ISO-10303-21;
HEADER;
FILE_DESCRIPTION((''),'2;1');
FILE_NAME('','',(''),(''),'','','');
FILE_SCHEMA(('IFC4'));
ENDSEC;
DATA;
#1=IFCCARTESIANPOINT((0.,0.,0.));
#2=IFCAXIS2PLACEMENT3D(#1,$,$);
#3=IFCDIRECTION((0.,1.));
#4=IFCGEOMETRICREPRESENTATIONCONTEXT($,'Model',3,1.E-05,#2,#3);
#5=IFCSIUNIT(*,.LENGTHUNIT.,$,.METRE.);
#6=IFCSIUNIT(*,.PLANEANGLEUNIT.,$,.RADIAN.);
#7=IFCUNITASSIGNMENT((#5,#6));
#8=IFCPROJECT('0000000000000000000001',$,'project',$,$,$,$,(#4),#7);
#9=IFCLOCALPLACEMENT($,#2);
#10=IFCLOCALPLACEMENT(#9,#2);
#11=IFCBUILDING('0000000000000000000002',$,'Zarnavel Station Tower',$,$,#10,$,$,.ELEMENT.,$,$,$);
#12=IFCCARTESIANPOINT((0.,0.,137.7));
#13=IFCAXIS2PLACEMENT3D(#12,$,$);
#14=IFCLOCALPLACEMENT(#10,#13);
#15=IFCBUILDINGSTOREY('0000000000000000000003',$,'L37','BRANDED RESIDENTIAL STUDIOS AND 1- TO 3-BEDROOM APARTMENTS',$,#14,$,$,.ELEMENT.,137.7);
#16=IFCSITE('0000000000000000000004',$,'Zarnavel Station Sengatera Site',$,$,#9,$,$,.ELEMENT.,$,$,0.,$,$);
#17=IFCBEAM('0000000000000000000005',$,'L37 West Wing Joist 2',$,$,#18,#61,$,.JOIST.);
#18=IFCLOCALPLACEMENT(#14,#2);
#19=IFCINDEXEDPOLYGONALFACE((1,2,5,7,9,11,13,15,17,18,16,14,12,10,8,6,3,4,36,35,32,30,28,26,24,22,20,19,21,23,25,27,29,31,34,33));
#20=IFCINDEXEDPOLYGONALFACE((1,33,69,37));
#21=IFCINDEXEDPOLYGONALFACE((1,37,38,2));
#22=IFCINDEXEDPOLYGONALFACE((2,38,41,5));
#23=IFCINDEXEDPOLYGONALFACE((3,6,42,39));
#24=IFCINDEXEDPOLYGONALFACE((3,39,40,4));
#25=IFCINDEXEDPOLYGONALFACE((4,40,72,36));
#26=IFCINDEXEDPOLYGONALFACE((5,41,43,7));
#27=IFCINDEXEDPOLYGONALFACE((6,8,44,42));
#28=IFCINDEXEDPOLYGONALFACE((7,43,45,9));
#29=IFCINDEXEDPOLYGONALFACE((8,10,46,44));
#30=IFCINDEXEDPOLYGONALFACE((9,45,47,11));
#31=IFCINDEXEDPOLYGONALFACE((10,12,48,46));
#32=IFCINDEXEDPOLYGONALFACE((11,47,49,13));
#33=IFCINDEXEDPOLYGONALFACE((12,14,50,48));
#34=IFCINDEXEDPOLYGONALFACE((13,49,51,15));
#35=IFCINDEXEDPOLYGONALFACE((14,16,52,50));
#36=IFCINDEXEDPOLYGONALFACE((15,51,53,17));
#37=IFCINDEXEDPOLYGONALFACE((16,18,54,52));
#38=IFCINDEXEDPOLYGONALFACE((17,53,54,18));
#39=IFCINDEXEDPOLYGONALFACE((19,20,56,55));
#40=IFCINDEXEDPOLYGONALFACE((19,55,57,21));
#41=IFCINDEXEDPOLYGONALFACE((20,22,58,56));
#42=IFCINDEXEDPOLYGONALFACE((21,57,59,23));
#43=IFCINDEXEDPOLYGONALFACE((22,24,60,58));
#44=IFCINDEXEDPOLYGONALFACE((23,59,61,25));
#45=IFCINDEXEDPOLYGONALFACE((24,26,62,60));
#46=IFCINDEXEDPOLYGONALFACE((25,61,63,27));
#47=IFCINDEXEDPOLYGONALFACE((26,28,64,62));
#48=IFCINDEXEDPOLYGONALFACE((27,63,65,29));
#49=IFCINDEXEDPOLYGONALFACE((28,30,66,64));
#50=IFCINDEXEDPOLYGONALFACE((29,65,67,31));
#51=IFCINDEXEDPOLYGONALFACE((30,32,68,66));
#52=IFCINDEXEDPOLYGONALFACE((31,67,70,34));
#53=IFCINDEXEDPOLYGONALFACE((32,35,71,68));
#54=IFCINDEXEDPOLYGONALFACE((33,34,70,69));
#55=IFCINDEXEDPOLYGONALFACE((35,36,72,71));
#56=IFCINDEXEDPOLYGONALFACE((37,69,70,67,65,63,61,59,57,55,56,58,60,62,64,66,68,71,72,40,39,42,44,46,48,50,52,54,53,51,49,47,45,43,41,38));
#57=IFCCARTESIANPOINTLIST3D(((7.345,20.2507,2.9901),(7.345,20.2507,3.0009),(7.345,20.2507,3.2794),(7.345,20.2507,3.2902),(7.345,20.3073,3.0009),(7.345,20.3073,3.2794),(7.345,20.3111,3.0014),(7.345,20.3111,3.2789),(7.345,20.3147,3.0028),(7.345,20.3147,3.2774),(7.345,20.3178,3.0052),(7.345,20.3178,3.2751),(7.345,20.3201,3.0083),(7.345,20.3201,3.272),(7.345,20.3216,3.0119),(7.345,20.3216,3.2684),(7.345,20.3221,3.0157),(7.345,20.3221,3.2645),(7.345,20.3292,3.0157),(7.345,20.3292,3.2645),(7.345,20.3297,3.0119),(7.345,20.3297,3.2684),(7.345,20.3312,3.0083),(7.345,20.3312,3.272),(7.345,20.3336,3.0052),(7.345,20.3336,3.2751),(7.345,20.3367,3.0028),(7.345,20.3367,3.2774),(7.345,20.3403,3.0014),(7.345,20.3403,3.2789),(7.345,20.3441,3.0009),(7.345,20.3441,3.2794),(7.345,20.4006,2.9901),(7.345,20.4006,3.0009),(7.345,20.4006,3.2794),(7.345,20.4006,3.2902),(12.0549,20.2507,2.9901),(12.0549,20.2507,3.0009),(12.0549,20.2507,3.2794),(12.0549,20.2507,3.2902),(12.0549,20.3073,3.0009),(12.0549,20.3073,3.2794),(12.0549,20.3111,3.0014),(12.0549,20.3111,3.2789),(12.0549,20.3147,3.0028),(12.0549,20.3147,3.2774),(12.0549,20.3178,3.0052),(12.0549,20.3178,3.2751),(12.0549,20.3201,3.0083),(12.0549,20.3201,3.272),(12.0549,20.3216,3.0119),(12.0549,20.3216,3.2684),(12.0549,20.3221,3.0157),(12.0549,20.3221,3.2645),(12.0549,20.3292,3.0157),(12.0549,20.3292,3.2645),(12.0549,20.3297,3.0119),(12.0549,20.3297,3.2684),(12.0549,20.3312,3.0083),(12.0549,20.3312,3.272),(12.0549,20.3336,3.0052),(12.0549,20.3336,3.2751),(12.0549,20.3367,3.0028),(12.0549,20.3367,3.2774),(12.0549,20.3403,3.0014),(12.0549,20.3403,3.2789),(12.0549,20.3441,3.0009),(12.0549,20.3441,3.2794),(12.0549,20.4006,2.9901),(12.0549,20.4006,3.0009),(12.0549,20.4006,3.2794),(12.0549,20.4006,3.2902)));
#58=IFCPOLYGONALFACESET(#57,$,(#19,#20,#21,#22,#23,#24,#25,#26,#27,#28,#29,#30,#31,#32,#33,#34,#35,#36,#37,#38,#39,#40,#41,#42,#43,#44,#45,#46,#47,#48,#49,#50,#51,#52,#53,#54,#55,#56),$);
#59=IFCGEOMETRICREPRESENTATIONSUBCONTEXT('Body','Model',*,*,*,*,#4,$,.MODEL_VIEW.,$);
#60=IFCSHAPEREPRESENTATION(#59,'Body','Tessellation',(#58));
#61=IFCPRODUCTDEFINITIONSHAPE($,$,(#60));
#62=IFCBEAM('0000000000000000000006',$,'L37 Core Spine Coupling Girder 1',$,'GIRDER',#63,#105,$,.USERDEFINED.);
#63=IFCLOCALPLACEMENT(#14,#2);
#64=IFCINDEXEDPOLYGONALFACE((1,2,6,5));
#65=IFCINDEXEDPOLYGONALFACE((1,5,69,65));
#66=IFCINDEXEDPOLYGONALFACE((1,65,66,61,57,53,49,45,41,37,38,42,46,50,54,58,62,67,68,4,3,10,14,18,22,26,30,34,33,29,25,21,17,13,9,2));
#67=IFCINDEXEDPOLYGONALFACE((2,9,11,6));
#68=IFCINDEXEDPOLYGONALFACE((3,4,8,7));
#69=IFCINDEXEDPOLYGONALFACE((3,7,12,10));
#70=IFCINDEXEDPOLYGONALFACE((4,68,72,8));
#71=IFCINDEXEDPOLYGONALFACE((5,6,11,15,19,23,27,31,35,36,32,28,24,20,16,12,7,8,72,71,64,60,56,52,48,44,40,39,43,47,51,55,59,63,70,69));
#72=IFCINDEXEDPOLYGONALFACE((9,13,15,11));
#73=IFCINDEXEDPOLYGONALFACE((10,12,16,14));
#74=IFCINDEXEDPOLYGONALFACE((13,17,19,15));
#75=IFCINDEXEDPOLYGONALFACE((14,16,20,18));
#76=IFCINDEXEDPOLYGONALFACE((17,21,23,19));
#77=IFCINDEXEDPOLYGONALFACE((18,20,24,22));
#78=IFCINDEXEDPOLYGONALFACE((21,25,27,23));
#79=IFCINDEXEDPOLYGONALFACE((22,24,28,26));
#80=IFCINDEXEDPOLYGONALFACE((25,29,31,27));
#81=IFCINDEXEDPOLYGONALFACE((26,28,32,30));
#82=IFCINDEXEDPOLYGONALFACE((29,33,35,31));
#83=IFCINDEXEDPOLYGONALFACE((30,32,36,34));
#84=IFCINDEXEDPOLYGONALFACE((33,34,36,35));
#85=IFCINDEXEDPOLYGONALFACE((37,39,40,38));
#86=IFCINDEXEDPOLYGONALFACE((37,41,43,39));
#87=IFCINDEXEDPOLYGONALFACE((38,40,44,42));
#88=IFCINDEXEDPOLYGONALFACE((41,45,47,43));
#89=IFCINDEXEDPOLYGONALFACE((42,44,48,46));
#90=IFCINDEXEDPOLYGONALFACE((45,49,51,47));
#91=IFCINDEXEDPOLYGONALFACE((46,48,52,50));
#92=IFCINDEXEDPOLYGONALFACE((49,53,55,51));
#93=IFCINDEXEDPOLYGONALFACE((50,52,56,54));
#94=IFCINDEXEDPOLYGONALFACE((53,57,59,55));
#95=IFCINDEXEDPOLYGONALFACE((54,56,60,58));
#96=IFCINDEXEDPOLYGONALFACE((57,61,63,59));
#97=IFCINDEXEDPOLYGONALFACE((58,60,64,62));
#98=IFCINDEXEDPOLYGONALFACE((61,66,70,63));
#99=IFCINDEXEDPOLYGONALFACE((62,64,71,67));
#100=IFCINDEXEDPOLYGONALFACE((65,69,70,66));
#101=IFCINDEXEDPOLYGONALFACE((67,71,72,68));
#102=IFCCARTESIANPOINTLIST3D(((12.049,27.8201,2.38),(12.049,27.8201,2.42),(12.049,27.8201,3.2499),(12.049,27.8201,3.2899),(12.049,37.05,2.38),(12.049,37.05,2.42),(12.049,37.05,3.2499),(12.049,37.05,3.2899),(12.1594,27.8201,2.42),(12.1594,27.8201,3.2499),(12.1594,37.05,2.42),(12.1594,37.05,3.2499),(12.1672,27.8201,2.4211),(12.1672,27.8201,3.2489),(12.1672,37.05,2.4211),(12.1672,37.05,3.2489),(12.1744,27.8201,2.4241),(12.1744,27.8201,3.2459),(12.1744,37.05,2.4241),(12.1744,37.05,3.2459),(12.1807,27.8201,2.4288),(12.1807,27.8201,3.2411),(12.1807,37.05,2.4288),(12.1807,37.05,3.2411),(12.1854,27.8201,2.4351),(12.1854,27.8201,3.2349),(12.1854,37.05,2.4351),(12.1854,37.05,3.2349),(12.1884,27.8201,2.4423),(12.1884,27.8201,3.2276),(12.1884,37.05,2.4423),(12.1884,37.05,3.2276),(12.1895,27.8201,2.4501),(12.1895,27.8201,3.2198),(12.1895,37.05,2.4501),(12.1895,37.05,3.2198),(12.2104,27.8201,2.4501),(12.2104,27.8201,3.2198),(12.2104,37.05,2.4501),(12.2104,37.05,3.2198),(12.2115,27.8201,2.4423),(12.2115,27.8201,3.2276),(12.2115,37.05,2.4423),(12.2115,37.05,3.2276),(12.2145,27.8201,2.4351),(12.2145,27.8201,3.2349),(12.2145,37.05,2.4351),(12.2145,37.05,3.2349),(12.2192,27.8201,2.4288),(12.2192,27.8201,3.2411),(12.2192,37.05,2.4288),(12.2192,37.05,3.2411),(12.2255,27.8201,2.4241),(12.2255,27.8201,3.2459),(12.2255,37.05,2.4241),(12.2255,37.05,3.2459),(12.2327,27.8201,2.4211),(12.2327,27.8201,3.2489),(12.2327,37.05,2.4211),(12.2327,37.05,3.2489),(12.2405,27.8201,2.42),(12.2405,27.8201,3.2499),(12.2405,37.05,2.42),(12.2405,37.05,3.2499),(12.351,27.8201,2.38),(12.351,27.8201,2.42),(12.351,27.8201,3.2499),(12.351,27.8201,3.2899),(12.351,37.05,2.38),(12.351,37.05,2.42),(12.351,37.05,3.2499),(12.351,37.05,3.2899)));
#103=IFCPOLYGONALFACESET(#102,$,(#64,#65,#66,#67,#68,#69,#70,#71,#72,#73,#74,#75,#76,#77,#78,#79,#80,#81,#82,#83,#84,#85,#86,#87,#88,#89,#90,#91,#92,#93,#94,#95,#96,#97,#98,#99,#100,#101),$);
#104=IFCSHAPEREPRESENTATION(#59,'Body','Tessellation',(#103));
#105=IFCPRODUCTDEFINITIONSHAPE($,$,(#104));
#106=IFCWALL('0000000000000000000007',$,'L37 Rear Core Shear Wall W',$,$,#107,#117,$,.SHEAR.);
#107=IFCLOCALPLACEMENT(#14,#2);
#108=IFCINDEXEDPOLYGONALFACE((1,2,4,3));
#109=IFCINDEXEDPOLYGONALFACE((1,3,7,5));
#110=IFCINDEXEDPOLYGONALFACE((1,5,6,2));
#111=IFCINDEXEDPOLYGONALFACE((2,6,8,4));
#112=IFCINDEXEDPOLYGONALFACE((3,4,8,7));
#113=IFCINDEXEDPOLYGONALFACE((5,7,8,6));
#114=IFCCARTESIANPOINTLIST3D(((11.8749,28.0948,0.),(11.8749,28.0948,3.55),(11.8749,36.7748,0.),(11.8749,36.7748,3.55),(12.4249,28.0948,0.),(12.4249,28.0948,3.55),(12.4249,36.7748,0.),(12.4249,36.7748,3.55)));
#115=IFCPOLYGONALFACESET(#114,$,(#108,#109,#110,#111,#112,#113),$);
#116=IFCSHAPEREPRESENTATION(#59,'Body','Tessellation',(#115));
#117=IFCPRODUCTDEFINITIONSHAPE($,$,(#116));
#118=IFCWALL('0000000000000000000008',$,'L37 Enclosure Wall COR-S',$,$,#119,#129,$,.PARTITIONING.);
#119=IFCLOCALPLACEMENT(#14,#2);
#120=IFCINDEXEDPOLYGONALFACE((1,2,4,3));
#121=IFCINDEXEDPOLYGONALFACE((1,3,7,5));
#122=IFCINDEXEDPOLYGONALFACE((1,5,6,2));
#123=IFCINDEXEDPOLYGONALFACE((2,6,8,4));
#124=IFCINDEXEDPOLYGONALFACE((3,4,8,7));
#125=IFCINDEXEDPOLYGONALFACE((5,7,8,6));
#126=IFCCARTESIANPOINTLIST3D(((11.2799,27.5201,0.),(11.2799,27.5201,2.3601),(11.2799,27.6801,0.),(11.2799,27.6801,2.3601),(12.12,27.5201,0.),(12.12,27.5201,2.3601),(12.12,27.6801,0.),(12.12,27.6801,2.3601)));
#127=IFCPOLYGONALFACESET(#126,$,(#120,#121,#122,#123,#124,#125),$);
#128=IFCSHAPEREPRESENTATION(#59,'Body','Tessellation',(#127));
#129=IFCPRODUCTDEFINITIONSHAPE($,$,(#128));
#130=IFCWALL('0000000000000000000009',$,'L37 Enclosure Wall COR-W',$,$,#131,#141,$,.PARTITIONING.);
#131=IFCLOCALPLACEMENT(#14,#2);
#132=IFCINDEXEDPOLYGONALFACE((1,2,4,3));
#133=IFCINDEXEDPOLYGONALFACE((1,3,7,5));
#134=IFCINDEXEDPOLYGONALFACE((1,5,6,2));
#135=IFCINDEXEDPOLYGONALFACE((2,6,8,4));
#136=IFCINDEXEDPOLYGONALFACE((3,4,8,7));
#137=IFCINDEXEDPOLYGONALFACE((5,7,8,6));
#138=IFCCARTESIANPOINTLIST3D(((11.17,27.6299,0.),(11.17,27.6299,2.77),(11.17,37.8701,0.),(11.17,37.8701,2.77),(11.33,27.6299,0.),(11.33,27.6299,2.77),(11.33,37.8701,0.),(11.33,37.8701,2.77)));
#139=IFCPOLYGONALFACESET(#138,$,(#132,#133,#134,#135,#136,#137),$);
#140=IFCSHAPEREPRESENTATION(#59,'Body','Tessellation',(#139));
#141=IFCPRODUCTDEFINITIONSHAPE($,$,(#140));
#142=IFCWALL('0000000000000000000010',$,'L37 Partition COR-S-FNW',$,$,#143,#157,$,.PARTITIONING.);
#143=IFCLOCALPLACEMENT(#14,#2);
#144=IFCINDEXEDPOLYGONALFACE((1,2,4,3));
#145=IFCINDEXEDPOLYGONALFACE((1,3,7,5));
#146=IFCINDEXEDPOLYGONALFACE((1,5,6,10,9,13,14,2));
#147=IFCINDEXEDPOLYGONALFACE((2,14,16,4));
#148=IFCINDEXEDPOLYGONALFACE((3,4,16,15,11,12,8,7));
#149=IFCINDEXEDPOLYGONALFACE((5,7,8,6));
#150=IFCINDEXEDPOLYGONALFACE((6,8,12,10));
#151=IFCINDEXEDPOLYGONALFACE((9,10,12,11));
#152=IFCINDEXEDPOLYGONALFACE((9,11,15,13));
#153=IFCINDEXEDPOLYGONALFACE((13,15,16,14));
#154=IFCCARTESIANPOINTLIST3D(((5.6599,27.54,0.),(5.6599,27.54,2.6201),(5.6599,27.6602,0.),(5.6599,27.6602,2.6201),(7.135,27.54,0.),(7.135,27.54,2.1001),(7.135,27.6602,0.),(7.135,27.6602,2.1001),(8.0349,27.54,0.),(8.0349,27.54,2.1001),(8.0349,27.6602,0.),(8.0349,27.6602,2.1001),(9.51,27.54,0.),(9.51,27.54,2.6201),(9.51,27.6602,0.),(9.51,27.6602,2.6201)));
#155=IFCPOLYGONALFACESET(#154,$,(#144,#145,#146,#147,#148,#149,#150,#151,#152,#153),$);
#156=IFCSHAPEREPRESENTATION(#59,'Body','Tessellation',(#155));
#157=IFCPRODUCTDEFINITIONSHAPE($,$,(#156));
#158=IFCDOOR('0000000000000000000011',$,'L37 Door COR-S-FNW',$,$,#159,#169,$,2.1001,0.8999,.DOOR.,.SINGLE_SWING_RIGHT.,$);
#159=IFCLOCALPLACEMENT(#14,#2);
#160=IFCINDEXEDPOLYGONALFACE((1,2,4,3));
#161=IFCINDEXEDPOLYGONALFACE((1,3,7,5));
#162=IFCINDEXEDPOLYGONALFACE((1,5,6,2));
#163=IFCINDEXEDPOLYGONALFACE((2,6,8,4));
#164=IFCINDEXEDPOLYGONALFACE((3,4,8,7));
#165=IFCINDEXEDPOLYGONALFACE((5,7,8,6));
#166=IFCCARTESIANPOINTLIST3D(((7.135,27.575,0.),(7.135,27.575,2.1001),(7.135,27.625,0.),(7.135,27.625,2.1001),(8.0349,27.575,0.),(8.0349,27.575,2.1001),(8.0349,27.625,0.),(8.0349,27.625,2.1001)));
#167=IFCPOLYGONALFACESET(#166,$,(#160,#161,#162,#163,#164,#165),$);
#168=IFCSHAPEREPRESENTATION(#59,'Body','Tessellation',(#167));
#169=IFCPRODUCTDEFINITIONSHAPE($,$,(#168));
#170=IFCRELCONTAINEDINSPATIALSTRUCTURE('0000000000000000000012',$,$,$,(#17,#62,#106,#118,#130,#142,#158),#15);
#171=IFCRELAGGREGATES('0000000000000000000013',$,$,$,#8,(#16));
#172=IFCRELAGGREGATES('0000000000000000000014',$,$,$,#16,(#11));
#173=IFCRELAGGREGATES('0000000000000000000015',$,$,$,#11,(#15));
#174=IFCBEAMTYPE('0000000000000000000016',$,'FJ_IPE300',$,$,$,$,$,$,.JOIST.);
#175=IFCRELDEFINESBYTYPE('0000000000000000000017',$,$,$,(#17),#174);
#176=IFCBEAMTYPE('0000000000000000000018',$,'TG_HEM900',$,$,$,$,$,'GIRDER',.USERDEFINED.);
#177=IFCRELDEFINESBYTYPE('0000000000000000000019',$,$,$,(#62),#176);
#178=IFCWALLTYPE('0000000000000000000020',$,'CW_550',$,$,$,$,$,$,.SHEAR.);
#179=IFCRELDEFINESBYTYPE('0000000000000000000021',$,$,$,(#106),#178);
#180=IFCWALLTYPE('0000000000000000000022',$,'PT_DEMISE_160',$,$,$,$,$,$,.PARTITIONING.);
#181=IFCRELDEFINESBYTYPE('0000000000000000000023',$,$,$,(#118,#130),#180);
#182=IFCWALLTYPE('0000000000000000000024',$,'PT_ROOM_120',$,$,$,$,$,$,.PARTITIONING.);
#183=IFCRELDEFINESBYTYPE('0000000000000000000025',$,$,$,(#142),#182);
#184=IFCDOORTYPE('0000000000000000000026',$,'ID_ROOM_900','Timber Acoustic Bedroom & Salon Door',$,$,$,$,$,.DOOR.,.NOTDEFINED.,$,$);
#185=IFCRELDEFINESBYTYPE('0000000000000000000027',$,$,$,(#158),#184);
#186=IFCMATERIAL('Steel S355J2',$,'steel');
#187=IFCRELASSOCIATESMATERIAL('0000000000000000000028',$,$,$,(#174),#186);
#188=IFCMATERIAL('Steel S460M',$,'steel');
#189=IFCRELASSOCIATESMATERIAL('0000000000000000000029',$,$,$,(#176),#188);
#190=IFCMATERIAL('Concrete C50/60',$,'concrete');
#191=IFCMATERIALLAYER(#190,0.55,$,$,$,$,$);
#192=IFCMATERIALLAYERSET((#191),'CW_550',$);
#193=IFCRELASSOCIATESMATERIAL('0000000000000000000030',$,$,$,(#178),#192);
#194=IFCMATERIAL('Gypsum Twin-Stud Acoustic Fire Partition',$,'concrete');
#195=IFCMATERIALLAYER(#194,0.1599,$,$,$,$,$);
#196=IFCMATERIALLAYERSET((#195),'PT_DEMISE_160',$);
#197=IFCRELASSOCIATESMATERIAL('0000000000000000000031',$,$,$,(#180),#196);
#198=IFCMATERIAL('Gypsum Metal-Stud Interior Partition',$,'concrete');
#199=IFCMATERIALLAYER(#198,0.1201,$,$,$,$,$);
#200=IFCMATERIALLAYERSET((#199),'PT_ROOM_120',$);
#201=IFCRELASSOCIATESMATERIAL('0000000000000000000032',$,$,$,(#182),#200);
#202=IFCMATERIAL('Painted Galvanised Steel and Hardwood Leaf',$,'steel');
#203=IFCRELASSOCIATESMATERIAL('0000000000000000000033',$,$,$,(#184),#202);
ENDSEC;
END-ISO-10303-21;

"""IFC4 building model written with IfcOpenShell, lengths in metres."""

from ifc_helpers import new_model, si_unit, direction, frame, frame_2d, origin, origin_2d, place, context, subcontext, project, spatial, rectangle, i_section, extrude, material, layer, layer_set, material_profile, profile_set, type_object, element, fill, save


model = new_model("IFC4")

# Units and contexts
model_context = context("Model", 3, precision=1e-05, world=origin(), true_north=direction((0.0, 1.0)))
body_context = subcontext(model_context, "Body", "Model", "MODEL_VIEW")
ifc_project = project(units=[si_unit("LENGTHUNIT", "METRE"), si_unit("PLANEANGLEUNIT", "RADIAN")], contexts=[model_context])

# Site, building, storey
site_placement = place(None, origin())
site = spatial("IfcSite", under=ifc_project, at=site_placement, Name="Zarnavel Station Sengatera Site", CompositionType="ELEMENT", RefElevation=0.0)
building_placement = place(site_placement, origin())
building = spatial("IfcBuilding", under=site, at=building_placement, Name="Zarnavel Station Tower", CompositionType="ELEMENT")
storey_placement = place(building_placement, frame((0.0, 0.0, 137.7)))
storey = spatial("IfcBuildingStorey", under=building, at=storey_placement, Name="L37", Description="BRANDED RESIDENTIAL STUDIOS AND 1- TO 3-BEDROOM APARTMENTS", CompositionType="ELEMENT", Elevation=137.7)

# Beams
ifc_material_1 = material(Name="Steel S355J2", Category="steel")
ifc_material_profile_1 = material_profile(ifc_material_1, i_section(OverallWidth=0.1499, OverallDepth=0.3, WebThickness=0.0071, FlangeThickness=0.0107, FilletRadius=0.0149, at=origin_2d()), Name="IPE300")
ifc_profile_set_1 = profile_set([ifc_material_profile_1], Name="Steel S355J2")
beam_type_1 = type_object("IfcBeamType", Name="FJ_IPE300", PredefinedType="JOIST", material=ifc_profile_set_1)
beam_1_placement = place(storey_placement, frame((7.345, 20.3257, 3.1401), z_axis=(1.0, 0.0, 0.0), x_axis=(0.0, 1.0, 0.0)))
element("IfcBeam", 1, at=beam_1_placement, inside=storey, type_object=beam_type_1, Name="L37 West Wing Joist 2", PredefinedType="JOIST", context=body_context, shape_type="SweptSolid", body=[
    extrude(i_section(OverallWidth=0.1499, OverallDepth=0.3, WebThickness=0.0071, FlangeThickness=0.0107, FilletRadius=0.0149, at=origin_2d()), origin(), (0.0, 0.0, 1.0), 4.71),
])
ifc_material_2 = material(Name="Steel S460M", Category="steel")
ifc_material_profile_2 = material_profile(ifc_material_2, i_section(OverallWidth=0.302, OverallDepth=0.9099, WebThickness=0.021, FlangeThickness=0.04, FilletRadius=0.03, at=origin_2d()), Name="HEM900")
ifc_profile_set_2 = profile_set([ifc_material_profile_2], Name="Steel S460M")
beam_type_2 = type_object("IfcBeamType", Name="TG_HEM900", ElementType="GIRDER", PredefinedType="USERDEFINED", material=ifc_profile_set_2)
beam_2_placement = place(storey_placement, frame((12.2, 27.8201, 2.835), z_axis=(0.0, 1.0, 0.0), x_axis=(-1.0, 0.0, 0.0)))
element("IfcBeam", 2, at=beam_2_placement, inside=storey, type_object=beam_type_2, Name="L37 Core Spine Coupling Girder 1", ObjectType="GIRDER", PredefinedType="USERDEFINED", context=body_context, shape_type="SweptSolid", body=[
    extrude(i_section(OverallWidth=0.302, OverallDepth=0.9099, WebThickness=0.021, FlangeThickness=0.04, FilletRadius=0.03, at=origin_2d()), origin(), (0.0, 0.0, 1.0), 9.23),
])

# Walls
ifc_material_3 = material(Name="Concrete C50/60", Category="concrete")
ifc_layer_1 = layer(ifc_material_3, 0.55)
ifc_layer_set_1 = layer_set([ifc_layer_1], Name="CW_550")
wall_type_1 = type_object("IfcWallType", Name="CW_550", PredefinedType="SHEAR", material=ifc_layer_set_1)
wall_1_placement = place(storey_placement, frame((12.1499, 28.095, 0.0), z_axis=(0.0, 0.0, 1.0), x_axis=(0.0, 1.0, 0.0)))
element("IfcWall", 3, at=wall_1_placement, inside=storey, type_object=wall_type_1, Name="L37 Rear Core Shear Wall W", PredefinedType="SHEAR", context=body_context, shape_type="SweptSolid", body=[
    extrude(rectangle(XDim=8.6799, YDim=0.55, at=frame_2d((4.3398, 0.0))), origin(), (0.0, 0.0, 1.0), 3.55),
])
ifc_material_4 = material(Name="Gypsum Twin-Stud Acoustic Fire Partition", Category="concrete")
ifc_layer_2 = layer(ifc_material_4, 0.1599)
ifc_layer_set_2 = layer_set([ifc_layer_2], Name="PT_DEMISE_160")
wall_type_2 = type_object("IfcWallType", Name="PT_DEMISE_160", PredefinedType="PARTITIONING", material=ifc_layer_set_2)
wall_2_placement = place(storey_placement, frame((11.28, 27.6001, 0.0), z_axis=(0.0, 0.0, 1.0), x_axis=(1.0, 0.0, 0.0)))
element("IfcWall", 4, at=wall_2_placement, inside=storey, type_object=wall_type_2, Name="L37 Enclosure Wall COR-S", PredefinedType="PARTITIONING", context=body_context, shape_type="SweptSolid", body=[
    extrude(rectangle(XDim=0.8401, YDim=0.1599, at=frame_2d((0.4199, 0.0))), origin(), (0.0, 0.0, 1.0), 2.3601),
])
wall_3_placement = place(storey_placement, frame((11.25, 27.6299, 0.0), z_axis=(0.0, 0.0, 1.0), x_axis=(0.0, 1.0, 0.0)))
element("IfcWall", 5, at=wall_3_placement, inside=storey, type_object=wall_type_2, Name="L37 Enclosure Wall COR-W", PredefinedType="PARTITIONING", context=body_context, shape_type="SweptSolid", body=[
    extrude(rectangle(XDim=10.2402, YDim=0.1599, at=frame_2d((5.1201, 0.0))), origin(), (0.0, 0.0, 1.0), 2.77),
])

# Wall, opening, door
ifc_material_5 = material(Name="Gypsum Metal-Stud Interior Partition", Category="concrete")
ifc_layer_3 = layer(ifc_material_5, 0.1201)
ifc_layer_set_3 = layer_set([ifc_layer_3], Name="PT_ROOM_120")
wall_type_3 = type_object("IfcWallType", Name="PT_ROOM_120", PredefinedType="PARTITIONING", material=ifc_layer_set_3)
wall_4_placement = place(storey_placement, frame((5.6599, 27.6001, 0.0), z_axis=(0.0, 0.0, 1.0), x_axis=(1.0, 0.0, 0.0)))
wall_4 = element("IfcWall", 6, at=wall_4_placement, inside=storey, type_object=wall_type_3, Name="L37 Partition COR-S-FNW", PredefinedType="PARTITIONING", context=body_context, shape_type="SweptSolid", body=[
    extrude(rectangle(XDim=3.8501, YDim=0.1201, at=frame_2d((1.925, 0.0))), origin(), (0.0, 0.0, 1.0), 2.6201),
])
opening_1_placement = place(wall_4_placement, frame((1.4751, 0.0, 0.0)))
opening_1 = element("IfcOpeningElement", 7, at=opening_1_placement, cuts=wall_4, PredefinedType="OPENING", context=body_context, shape_type="SweptSolid", body=[
    extrude(rectangle(XDim=0.8999, YDim=2.1001, at=frame_2d((0.45, 1.05))), frame((0.0, 0.0701, 0.0), z_axis=(0.0, -1.0, 0.0), x_axis=(1.0, 0.0, 0.0)), (0.0, 0.0, 1.0), 0.1401),
])
ifc_material_6 = material(Name="Painted Galvanised Steel and Hardwood Leaf", Category="steel")
door_type = type_object("IfcDoorType", Name="ID_ROOM_900", Description="Timber Acoustic Bedroom & Salon Door", OperationType="NOTDEFINED", PredefinedType="DOOR", material=ifc_material_6)
door_1_placement = place(opening_1_placement, origin())
door_1 = element("IfcDoor", 8, at=door_1_placement, inside=storey, type_object=door_type, Name="L37 Door COR-S-FNW", OperationType="SINGLE_SWING_RIGHT", OverallHeight=2.1001, OverallWidth=0.8999, PredefinedType="DOOR", context=body_context, shape_type="SweptSolid", body=[
    extrude(rectangle(XDim=0.8999, YDim=2.1001, at=frame_2d((0.45, 1.05))), frame((0.0, 0.0249, 0.0), z_axis=(0.0, -1.0, 0.0), x_axis=(1.0, 0.0, 0.0)), (0.0, 0.0, 1.0), 0.05),
])
fill(opening_1, door_1)

save(model, "model.ifc")
